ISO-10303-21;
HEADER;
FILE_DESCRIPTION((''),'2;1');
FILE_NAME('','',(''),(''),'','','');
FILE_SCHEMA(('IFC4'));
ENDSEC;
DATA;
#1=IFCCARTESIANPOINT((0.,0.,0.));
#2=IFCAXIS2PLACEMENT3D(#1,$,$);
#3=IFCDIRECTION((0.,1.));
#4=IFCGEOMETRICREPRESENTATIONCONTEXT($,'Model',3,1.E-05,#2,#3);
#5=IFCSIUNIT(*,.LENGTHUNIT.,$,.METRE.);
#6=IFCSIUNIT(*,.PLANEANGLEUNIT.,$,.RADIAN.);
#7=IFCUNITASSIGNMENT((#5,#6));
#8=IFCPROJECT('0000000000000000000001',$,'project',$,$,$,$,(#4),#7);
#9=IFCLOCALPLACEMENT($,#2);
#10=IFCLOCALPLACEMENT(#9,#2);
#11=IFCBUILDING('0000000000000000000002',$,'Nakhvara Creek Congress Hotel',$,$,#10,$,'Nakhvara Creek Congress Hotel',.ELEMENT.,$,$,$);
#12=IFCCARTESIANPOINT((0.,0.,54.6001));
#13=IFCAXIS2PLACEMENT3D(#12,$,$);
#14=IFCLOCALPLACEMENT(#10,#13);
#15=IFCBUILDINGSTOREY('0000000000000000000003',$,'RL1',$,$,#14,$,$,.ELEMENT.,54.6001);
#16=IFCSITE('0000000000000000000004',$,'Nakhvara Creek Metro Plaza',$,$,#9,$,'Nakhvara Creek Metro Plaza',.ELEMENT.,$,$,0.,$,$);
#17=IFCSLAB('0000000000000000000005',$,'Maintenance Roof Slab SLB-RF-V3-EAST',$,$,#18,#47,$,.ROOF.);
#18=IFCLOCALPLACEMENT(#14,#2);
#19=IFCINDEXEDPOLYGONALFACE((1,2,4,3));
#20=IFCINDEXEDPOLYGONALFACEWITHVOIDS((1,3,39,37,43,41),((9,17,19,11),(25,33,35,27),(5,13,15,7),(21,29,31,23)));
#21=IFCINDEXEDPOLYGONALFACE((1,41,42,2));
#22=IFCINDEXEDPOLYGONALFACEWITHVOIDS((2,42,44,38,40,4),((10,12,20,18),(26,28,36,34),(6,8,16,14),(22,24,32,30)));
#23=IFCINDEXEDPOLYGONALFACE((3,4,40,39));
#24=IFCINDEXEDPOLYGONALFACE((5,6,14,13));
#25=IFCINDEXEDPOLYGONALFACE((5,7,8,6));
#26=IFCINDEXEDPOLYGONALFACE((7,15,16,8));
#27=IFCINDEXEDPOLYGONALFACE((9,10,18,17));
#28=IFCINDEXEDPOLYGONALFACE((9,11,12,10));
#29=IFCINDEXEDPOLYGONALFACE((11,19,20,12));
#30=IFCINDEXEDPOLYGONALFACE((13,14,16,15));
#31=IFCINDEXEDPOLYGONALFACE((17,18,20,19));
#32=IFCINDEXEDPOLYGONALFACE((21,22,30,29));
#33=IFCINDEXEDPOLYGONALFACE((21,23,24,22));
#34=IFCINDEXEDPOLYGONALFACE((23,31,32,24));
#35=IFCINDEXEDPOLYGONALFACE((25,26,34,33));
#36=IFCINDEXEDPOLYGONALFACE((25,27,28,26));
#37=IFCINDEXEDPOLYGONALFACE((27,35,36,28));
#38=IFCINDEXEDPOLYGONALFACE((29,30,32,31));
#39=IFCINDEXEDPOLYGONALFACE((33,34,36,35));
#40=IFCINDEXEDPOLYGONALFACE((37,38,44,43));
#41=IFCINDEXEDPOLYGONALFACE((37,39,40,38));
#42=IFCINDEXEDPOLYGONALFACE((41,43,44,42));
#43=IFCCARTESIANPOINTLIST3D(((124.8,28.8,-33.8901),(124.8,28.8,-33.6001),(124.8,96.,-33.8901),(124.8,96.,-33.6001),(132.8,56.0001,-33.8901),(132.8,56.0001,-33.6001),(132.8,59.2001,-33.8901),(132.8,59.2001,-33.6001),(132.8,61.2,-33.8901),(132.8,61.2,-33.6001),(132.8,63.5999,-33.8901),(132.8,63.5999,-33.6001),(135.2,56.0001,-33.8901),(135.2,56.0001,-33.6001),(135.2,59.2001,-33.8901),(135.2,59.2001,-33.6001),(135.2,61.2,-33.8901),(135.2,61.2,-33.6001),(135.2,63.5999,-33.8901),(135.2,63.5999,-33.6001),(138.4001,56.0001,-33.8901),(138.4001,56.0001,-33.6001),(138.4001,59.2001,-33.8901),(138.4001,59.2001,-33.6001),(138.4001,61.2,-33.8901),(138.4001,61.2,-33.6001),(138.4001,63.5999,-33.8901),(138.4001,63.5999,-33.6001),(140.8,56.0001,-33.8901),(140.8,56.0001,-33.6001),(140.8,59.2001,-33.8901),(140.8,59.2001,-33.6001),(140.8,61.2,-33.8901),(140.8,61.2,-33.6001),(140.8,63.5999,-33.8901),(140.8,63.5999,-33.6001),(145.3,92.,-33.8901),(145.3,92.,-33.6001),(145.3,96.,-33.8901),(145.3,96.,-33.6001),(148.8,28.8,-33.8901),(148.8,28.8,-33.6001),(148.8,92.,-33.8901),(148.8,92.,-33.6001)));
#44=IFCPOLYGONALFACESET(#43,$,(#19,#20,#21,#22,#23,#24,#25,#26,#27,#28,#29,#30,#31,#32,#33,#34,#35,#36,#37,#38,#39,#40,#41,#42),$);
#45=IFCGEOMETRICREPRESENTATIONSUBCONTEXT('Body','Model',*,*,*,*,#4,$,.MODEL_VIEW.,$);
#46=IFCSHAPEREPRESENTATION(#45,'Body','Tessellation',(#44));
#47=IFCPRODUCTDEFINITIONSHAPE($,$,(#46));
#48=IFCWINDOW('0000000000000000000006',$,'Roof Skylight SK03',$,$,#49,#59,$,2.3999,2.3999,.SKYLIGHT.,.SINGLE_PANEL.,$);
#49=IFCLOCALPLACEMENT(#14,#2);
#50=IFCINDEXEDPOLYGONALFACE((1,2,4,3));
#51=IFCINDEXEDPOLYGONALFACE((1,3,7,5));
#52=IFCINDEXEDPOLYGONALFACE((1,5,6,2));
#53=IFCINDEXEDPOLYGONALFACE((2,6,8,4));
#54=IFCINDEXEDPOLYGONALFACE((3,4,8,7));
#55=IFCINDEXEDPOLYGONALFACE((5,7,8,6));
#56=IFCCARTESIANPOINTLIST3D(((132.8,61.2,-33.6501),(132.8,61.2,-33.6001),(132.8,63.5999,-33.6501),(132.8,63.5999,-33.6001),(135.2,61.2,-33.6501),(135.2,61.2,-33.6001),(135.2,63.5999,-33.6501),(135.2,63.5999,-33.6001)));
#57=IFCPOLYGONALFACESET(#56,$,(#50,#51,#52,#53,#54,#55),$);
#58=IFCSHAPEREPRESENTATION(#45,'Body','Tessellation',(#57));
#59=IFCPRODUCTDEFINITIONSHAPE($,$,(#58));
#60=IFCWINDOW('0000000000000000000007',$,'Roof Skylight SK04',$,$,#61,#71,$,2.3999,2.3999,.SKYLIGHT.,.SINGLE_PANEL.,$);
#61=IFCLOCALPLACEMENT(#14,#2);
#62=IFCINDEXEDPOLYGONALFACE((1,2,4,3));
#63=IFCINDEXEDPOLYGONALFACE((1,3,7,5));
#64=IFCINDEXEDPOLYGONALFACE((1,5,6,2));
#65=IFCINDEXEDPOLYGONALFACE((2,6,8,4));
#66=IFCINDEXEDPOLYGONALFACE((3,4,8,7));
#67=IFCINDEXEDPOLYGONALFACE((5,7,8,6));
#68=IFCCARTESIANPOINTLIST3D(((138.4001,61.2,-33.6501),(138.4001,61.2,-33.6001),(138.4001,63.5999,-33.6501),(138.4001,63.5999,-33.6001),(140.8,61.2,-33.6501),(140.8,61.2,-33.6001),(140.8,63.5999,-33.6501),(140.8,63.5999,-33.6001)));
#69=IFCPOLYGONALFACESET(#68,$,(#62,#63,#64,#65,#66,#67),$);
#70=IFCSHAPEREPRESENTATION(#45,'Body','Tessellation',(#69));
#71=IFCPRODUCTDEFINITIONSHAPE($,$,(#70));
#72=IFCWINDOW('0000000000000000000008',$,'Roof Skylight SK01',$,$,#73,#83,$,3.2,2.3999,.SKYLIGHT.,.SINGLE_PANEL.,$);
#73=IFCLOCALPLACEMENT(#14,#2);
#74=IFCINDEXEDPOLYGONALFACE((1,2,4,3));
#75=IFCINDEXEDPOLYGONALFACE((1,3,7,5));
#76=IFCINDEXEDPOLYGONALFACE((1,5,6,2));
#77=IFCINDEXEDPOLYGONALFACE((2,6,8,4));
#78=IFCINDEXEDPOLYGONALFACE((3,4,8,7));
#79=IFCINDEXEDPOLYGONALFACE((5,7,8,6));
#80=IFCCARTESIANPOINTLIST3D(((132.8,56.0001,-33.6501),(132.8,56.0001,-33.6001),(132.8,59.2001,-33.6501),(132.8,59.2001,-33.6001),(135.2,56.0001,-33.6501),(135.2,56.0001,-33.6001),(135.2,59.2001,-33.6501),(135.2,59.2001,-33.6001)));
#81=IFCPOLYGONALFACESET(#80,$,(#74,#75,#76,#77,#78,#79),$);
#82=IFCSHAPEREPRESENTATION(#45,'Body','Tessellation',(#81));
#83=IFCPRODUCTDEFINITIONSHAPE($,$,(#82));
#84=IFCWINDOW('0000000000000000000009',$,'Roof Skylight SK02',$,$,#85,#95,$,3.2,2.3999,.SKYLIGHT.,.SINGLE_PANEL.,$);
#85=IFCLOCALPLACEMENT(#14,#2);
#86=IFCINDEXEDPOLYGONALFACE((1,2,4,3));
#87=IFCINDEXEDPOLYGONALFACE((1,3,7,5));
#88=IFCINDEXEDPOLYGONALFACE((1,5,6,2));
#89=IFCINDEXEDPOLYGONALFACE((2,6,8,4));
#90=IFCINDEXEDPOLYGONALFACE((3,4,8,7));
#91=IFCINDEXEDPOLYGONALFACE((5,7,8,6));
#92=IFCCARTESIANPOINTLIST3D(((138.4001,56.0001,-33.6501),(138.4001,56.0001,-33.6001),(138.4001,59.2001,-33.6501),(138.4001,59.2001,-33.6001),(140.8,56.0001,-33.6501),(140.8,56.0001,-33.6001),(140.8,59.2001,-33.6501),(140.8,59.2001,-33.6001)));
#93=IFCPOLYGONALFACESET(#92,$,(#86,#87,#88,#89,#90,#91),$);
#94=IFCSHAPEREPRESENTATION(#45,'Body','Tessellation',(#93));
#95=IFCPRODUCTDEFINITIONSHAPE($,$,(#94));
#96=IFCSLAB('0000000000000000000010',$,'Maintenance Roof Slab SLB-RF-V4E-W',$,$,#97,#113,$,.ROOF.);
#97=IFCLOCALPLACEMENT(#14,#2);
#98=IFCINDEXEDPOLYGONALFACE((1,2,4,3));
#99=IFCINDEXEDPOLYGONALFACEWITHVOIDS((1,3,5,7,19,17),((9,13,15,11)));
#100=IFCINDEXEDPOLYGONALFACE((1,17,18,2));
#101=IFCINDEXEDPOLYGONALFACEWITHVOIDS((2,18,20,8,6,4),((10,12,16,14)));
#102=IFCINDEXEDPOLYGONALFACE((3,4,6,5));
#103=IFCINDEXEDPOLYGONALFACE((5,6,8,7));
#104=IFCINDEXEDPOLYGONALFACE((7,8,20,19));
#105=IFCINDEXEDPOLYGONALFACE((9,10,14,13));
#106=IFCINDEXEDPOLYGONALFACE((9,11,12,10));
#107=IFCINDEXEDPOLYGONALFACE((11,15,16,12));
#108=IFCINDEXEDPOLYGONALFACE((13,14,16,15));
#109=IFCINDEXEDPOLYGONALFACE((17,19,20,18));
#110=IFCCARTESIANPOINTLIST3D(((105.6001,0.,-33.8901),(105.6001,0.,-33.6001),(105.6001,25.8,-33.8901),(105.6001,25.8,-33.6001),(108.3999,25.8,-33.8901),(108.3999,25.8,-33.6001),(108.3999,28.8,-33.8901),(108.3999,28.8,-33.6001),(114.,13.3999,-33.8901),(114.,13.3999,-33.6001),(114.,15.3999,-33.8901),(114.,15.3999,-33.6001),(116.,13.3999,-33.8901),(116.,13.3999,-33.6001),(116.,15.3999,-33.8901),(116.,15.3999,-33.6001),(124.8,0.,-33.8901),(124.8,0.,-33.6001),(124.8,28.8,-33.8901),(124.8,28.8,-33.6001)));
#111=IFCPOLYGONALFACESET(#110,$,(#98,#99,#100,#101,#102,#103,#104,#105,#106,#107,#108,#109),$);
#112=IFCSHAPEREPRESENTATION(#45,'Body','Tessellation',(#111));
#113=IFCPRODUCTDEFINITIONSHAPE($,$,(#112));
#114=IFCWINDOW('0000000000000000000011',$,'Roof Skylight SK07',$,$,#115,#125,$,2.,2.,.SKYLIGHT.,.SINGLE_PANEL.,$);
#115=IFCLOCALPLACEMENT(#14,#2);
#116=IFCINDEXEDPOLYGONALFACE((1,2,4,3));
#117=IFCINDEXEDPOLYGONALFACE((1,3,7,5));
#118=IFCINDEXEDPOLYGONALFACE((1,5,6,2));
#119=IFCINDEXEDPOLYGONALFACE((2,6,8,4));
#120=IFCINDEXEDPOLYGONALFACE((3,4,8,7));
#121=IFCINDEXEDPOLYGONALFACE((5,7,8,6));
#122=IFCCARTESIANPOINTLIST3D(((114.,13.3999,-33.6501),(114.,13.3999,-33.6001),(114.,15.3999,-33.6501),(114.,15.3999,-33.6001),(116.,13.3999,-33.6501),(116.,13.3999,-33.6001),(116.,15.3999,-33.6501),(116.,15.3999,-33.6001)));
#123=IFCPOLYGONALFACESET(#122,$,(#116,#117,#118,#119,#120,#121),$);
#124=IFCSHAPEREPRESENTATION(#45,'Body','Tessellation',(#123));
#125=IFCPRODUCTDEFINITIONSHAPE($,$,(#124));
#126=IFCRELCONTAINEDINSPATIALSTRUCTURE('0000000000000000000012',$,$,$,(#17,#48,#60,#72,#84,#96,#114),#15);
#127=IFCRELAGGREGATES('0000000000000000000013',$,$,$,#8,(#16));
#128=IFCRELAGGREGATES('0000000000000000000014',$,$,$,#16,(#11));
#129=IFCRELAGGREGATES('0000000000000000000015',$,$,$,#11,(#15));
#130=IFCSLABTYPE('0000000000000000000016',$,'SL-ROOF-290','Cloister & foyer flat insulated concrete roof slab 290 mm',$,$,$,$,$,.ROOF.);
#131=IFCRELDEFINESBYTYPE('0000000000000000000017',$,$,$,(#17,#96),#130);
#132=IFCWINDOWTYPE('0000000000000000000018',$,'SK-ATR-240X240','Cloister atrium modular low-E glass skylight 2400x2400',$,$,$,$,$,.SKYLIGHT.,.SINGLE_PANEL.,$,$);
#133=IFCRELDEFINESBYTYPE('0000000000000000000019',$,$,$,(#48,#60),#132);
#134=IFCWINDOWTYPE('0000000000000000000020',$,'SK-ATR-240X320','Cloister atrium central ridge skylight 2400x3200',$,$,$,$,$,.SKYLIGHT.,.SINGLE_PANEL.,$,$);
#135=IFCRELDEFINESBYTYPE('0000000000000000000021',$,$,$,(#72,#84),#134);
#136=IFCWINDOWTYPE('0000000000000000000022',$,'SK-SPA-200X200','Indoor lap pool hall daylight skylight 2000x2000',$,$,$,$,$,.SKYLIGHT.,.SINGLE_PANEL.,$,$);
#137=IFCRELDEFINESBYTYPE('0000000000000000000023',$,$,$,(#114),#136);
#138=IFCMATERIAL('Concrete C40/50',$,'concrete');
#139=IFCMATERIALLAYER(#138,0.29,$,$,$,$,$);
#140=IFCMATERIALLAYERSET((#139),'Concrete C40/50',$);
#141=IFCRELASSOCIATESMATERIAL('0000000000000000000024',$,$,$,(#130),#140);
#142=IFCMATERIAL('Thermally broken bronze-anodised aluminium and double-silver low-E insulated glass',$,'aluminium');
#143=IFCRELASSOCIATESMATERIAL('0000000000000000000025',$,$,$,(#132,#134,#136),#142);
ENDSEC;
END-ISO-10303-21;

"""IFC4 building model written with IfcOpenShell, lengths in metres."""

from ifc_helpers import new_model, si_unit, direction, frame, origin, origin_2d, place, context, subcontext, project, spatial, polyline, rectangle, outline, extrude, material, layer, layer_set, type_object, element, fill, save


model = new_model("IFC4")

# Units and contexts
model_context = context("Model", 3, precision=1e-05, world=origin(), true_north=direction((0.0, 1.0)))
body_context = subcontext(model_context, "Body", "Model", "MODEL_VIEW")
ifc_project = project(units=[si_unit("LENGTHUNIT", "METRE"), si_unit("PLANEANGLEUNIT", "RADIAN")], contexts=[model_context])

# Site, building, storey
site_placement = place(None, origin())
site = spatial("IfcSite", under=ifc_project, at=site_placement, Name="Nakhvara Creek Metro Plaza", LongName="Nakhvara Creek Metro Plaza", CompositionType="ELEMENT", RefElevation=0.0)
building_placement = place(site_placement, origin())
building = spatial("IfcBuilding", under=site, at=building_placement, Name="Nakhvara Creek Congress Hotel", LongName="Nakhvara Creek Congress Hotel", CompositionType="ELEMENT")
storey_placement = place(building_placement, frame((0.0, 0.0, 54.6001)))
storey = spatial("IfcBuildingStorey", under=building, at=storey_placement, Name="RL1", CompositionType="ELEMENT", Elevation=54.6001)

# Shared definitions
ifc_material_1 = material(Name="Concrete C40/50", Category="concrete")
ifc_layer_1 = layer(ifc_material_1, 0.29)
ifc_layer_set_1 = layer_set([ifc_layer_1], Name="Concrete C40/50")
slab_type = type_object("IfcSlabType", Name="SL-ROOF-290", Description="Cloister & foyer flat insulated concrete roof slab 290 mm", PredefinedType="ROOF", material=ifc_layer_set_1)
ifc_material_2 = material(Name="Thermally broken bronze-anodised aluminium and double-silver low-E insulated glass", Category="aluminium")

# Slab, openings, windows
slab_1_placement = place(storey_placement, frame((0.0, 0.0, -33.8901)))
slab_1 = element("IfcSlab", 1, at=slab_1_placement, inside=storey, type_object=slab_type, Name="Maintenance Roof Slab SLB-RF-V3-EAST", PredefinedType="ROOF", context=body_context, shape_type="SweptSolid", body=[
    extrude(outline(polyline([(124.8, 28.8), (148.8, 28.8), (148.8, 92.0), (145.3, 92.0), (145.3, 96.0), (124.8, 96.0), (124.8, 28.8)])), origin(), (0.0, 0.0, 1.0), 0.29),
])
opening_1_placement = place(slab_1_placement, frame((134.0, 57.6001, 0.0), z_axis=(0.0, 0.0, 1.0), x_axis=(1.0, 0.0, 0.0)))
opening_1 = element("IfcOpeningElement", 2, at=opening_1_placement, cuts=slab_1, PredefinedType="OPENING", context=body_context, shape_type="SweptSolid", body=[
    extrude(rectangle(XDim=2.3999, YDim=3.2, at=origin_2d()), frame((0.0, 0.0, -0.012)), (0.0, 0.0, 1.0), 0.314),
])
opening_2_placement = place(slab_1_placement, frame((139.6001, 57.6001, 0.0), z_axis=(0.0, 0.0, 1.0), x_axis=(1.0, 0.0, 0.0)))
opening_2 = element("IfcOpeningElement", 3, at=opening_2_placement, cuts=slab_1, PredefinedType="OPENING", context=body_context, shape_type="SweptSolid", body=[
    extrude(rectangle(XDim=2.3999, YDim=3.2, at=origin_2d()), frame((0.0, 0.0, -0.012)), (0.0, 0.0, 1.0), 0.314),
])
opening_3_placement = place(slab_1_placement, frame((134.0, 62.3999, 0.0), z_axis=(0.0, 0.0, 1.0), x_axis=(1.0, 0.0, 0.0)))
opening_3 = element("IfcOpeningElement", 4, at=opening_3_placement, cuts=slab_1, PredefinedType="OPENING", context=body_context, shape_type="SweptSolid", body=[
    extrude(rectangle(XDim=2.3999, YDim=2.3999, at=origin_2d()), frame((0.0, 0.0, -0.012)), (0.0, 0.0, 1.0), 0.314),
])
opening_4_placement = place(slab_1_placement, frame((139.6001, 62.3999, 0.0), z_axis=(0.0, 0.0, 1.0), x_axis=(1.0, 0.0, 0.0)))
opening_4 = element("IfcOpeningElement", 5, at=opening_4_placement, cuts=slab_1, PredefinedType="OPENING", context=body_context, shape_type="SweptSolid", body=[
    extrude(rectangle(XDim=2.3999, YDim=2.3999, at=origin_2d()), frame((0.0, 0.0, -0.012)), (0.0, 0.0, 1.0), 0.314),
])
window_type_1 = type_object("IfcWindowType", Name="SK-ATR-240X240", Description="Cloister atrium modular low-E glass skylight 2400x2400", PartitioningType="SINGLE_PANEL", PredefinedType="SKYLIGHT", material=ifc_material_2)
window_1_placement = place(opening_3_placement, frame((0.0, 0.0, 0.24)))
window_1 = element("IfcWindow", 6, at=window_1_placement, inside=storey, type_object=window_type_1, Name="Roof Skylight SK03", OverallHeight=2.3999, OverallWidth=2.3999, PartitioningType="SINGLE_PANEL", PredefinedType="SKYLIGHT", context=body_context, shape_type="SweptSolid", body=[
    extrude(rectangle(XDim=2.3999, YDim=2.3999, at=origin_2d()), origin(), (0.0, 0.0, 1.0), 0.05),
])
fill(opening_3, window_1)
window_2_placement = place(opening_4_placement, frame((0.0, 0.0, 0.24)))
window_2 = element("IfcWindow", 7, at=window_2_placement, inside=storey, type_object=window_type_1, Name="Roof Skylight SK04", OverallHeight=2.3999, OverallWidth=2.3999, PartitioningType="SINGLE_PANEL", PredefinedType="SKYLIGHT", context=body_context, shape_type="SweptSolid", body=[
    extrude(rectangle(XDim=2.3999, YDim=2.3999, at=origin_2d()), origin(), (0.0, 0.0, 1.0), 0.05),
])
fill(opening_4, window_2)
window_type_2 = type_object("IfcWindowType", Name="SK-ATR-240X320", Description="Cloister atrium central ridge skylight 2400x3200", PartitioningType="SINGLE_PANEL", PredefinedType="SKYLIGHT", material=ifc_material_2)
window_3_placement = place(opening_1_placement, frame((0.0, 0.0, 0.24)))
window_3 = element("IfcWindow", 8, at=window_3_placement, inside=storey, type_object=window_type_2, Name="Roof Skylight SK01", OverallHeight=3.2, OverallWidth=2.3999, PartitioningType="SINGLE_PANEL", PredefinedType="SKYLIGHT", context=body_context, shape_type="SweptSolid", body=[
    extrude(rectangle(XDim=2.3999, YDim=3.2, at=origin_2d()), origin(), (0.0, 0.0, 1.0), 0.05),
])
fill(opening_1, window_3)
window_4_placement = place(opening_2_placement, frame((0.0, 0.0, 0.24)))
window_4 = element("IfcWindow", 9, at=window_4_placement, inside=storey, type_object=window_type_2, Name="Roof Skylight SK02", OverallHeight=3.2, OverallWidth=2.3999, PartitioningType="SINGLE_PANEL", PredefinedType="SKYLIGHT", context=body_context, shape_type="SweptSolid", body=[
    extrude(rectangle(XDim=2.3999, YDim=3.2, at=origin_2d()), origin(), (0.0, 0.0, 1.0), 0.05),
])
fill(opening_2, window_4)

# Slab, opening, window
slab_2_placement = place(storey_placement, frame((0.0, 0.0, -33.8901)))
slab_2 = element("IfcSlab", 10, at=slab_2_placement, inside=storey, type_object=slab_type, Name="Maintenance Roof Slab SLB-RF-V4E-W", PredefinedType="ROOF", context=body_context, shape_type="SweptSolid", body=[
    extrude(outline(polyline([(105.6001, 0.0), (124.8, 0.0), (124.8, 28.8), (108.3999, 28.8), (108.3999, 25.8), (105.6001, 25.8), (105.6001, 0.0)])), origin(), (0.0, 0.0, 1.0), 0.29),
])
opening_5_placement = place(slab_2_placement, frame((115.0, 14.3999, 0.0), z_axis=(0.0, 0.0, 1.0), x_axis=(1.0, 0.0, 0.0)))
opening_5 = element("IfcOpeningElement", 11, at=opening_5_placement, cuts=slab_2, PredefinedType="OPENING", context=body_context, shape_type="SweptSolid", body=[
    extrude(rectangle(XDim=2.0, YDim=2.0, at=origin_2d()), frame((0.0, 0.0, -0.012)), (0.0, 0.0, 1.0), 0.314),
])
window_type_3 = type_object("IfcWindowType", Name="SK-SPA-200X200", Description="Indoor lap pool hall daylight skylight 2000x2000", PartitioningType="SINGLE_PANEL", PredefinedType="SKYLIGHT", material=ifc_material_2)
window_5_placement = place(opening_5_placement, frame((0.0, 0.0, 0.24)))
window_5 = element("IfcWindow", 12, at=window_5_placement, inside=storey, type_object=window_type_3, Name="Roof Skylight SK07", OverallHeight=2.0, OverallWidth=2.0, PartitioningType="SINGLE_PANEL", PredefinedType="SKYLIGHT", context=body_context, shape_type="SweptSolid", body=[
    extrude(rectangle(XDim=2.0, YDim=2.0, at=origin_2d()), origin(), (0.0, 0.0, 1.0), 0.05),
])
fill(opening_5, window_5)

save(model, "model.ifc")
